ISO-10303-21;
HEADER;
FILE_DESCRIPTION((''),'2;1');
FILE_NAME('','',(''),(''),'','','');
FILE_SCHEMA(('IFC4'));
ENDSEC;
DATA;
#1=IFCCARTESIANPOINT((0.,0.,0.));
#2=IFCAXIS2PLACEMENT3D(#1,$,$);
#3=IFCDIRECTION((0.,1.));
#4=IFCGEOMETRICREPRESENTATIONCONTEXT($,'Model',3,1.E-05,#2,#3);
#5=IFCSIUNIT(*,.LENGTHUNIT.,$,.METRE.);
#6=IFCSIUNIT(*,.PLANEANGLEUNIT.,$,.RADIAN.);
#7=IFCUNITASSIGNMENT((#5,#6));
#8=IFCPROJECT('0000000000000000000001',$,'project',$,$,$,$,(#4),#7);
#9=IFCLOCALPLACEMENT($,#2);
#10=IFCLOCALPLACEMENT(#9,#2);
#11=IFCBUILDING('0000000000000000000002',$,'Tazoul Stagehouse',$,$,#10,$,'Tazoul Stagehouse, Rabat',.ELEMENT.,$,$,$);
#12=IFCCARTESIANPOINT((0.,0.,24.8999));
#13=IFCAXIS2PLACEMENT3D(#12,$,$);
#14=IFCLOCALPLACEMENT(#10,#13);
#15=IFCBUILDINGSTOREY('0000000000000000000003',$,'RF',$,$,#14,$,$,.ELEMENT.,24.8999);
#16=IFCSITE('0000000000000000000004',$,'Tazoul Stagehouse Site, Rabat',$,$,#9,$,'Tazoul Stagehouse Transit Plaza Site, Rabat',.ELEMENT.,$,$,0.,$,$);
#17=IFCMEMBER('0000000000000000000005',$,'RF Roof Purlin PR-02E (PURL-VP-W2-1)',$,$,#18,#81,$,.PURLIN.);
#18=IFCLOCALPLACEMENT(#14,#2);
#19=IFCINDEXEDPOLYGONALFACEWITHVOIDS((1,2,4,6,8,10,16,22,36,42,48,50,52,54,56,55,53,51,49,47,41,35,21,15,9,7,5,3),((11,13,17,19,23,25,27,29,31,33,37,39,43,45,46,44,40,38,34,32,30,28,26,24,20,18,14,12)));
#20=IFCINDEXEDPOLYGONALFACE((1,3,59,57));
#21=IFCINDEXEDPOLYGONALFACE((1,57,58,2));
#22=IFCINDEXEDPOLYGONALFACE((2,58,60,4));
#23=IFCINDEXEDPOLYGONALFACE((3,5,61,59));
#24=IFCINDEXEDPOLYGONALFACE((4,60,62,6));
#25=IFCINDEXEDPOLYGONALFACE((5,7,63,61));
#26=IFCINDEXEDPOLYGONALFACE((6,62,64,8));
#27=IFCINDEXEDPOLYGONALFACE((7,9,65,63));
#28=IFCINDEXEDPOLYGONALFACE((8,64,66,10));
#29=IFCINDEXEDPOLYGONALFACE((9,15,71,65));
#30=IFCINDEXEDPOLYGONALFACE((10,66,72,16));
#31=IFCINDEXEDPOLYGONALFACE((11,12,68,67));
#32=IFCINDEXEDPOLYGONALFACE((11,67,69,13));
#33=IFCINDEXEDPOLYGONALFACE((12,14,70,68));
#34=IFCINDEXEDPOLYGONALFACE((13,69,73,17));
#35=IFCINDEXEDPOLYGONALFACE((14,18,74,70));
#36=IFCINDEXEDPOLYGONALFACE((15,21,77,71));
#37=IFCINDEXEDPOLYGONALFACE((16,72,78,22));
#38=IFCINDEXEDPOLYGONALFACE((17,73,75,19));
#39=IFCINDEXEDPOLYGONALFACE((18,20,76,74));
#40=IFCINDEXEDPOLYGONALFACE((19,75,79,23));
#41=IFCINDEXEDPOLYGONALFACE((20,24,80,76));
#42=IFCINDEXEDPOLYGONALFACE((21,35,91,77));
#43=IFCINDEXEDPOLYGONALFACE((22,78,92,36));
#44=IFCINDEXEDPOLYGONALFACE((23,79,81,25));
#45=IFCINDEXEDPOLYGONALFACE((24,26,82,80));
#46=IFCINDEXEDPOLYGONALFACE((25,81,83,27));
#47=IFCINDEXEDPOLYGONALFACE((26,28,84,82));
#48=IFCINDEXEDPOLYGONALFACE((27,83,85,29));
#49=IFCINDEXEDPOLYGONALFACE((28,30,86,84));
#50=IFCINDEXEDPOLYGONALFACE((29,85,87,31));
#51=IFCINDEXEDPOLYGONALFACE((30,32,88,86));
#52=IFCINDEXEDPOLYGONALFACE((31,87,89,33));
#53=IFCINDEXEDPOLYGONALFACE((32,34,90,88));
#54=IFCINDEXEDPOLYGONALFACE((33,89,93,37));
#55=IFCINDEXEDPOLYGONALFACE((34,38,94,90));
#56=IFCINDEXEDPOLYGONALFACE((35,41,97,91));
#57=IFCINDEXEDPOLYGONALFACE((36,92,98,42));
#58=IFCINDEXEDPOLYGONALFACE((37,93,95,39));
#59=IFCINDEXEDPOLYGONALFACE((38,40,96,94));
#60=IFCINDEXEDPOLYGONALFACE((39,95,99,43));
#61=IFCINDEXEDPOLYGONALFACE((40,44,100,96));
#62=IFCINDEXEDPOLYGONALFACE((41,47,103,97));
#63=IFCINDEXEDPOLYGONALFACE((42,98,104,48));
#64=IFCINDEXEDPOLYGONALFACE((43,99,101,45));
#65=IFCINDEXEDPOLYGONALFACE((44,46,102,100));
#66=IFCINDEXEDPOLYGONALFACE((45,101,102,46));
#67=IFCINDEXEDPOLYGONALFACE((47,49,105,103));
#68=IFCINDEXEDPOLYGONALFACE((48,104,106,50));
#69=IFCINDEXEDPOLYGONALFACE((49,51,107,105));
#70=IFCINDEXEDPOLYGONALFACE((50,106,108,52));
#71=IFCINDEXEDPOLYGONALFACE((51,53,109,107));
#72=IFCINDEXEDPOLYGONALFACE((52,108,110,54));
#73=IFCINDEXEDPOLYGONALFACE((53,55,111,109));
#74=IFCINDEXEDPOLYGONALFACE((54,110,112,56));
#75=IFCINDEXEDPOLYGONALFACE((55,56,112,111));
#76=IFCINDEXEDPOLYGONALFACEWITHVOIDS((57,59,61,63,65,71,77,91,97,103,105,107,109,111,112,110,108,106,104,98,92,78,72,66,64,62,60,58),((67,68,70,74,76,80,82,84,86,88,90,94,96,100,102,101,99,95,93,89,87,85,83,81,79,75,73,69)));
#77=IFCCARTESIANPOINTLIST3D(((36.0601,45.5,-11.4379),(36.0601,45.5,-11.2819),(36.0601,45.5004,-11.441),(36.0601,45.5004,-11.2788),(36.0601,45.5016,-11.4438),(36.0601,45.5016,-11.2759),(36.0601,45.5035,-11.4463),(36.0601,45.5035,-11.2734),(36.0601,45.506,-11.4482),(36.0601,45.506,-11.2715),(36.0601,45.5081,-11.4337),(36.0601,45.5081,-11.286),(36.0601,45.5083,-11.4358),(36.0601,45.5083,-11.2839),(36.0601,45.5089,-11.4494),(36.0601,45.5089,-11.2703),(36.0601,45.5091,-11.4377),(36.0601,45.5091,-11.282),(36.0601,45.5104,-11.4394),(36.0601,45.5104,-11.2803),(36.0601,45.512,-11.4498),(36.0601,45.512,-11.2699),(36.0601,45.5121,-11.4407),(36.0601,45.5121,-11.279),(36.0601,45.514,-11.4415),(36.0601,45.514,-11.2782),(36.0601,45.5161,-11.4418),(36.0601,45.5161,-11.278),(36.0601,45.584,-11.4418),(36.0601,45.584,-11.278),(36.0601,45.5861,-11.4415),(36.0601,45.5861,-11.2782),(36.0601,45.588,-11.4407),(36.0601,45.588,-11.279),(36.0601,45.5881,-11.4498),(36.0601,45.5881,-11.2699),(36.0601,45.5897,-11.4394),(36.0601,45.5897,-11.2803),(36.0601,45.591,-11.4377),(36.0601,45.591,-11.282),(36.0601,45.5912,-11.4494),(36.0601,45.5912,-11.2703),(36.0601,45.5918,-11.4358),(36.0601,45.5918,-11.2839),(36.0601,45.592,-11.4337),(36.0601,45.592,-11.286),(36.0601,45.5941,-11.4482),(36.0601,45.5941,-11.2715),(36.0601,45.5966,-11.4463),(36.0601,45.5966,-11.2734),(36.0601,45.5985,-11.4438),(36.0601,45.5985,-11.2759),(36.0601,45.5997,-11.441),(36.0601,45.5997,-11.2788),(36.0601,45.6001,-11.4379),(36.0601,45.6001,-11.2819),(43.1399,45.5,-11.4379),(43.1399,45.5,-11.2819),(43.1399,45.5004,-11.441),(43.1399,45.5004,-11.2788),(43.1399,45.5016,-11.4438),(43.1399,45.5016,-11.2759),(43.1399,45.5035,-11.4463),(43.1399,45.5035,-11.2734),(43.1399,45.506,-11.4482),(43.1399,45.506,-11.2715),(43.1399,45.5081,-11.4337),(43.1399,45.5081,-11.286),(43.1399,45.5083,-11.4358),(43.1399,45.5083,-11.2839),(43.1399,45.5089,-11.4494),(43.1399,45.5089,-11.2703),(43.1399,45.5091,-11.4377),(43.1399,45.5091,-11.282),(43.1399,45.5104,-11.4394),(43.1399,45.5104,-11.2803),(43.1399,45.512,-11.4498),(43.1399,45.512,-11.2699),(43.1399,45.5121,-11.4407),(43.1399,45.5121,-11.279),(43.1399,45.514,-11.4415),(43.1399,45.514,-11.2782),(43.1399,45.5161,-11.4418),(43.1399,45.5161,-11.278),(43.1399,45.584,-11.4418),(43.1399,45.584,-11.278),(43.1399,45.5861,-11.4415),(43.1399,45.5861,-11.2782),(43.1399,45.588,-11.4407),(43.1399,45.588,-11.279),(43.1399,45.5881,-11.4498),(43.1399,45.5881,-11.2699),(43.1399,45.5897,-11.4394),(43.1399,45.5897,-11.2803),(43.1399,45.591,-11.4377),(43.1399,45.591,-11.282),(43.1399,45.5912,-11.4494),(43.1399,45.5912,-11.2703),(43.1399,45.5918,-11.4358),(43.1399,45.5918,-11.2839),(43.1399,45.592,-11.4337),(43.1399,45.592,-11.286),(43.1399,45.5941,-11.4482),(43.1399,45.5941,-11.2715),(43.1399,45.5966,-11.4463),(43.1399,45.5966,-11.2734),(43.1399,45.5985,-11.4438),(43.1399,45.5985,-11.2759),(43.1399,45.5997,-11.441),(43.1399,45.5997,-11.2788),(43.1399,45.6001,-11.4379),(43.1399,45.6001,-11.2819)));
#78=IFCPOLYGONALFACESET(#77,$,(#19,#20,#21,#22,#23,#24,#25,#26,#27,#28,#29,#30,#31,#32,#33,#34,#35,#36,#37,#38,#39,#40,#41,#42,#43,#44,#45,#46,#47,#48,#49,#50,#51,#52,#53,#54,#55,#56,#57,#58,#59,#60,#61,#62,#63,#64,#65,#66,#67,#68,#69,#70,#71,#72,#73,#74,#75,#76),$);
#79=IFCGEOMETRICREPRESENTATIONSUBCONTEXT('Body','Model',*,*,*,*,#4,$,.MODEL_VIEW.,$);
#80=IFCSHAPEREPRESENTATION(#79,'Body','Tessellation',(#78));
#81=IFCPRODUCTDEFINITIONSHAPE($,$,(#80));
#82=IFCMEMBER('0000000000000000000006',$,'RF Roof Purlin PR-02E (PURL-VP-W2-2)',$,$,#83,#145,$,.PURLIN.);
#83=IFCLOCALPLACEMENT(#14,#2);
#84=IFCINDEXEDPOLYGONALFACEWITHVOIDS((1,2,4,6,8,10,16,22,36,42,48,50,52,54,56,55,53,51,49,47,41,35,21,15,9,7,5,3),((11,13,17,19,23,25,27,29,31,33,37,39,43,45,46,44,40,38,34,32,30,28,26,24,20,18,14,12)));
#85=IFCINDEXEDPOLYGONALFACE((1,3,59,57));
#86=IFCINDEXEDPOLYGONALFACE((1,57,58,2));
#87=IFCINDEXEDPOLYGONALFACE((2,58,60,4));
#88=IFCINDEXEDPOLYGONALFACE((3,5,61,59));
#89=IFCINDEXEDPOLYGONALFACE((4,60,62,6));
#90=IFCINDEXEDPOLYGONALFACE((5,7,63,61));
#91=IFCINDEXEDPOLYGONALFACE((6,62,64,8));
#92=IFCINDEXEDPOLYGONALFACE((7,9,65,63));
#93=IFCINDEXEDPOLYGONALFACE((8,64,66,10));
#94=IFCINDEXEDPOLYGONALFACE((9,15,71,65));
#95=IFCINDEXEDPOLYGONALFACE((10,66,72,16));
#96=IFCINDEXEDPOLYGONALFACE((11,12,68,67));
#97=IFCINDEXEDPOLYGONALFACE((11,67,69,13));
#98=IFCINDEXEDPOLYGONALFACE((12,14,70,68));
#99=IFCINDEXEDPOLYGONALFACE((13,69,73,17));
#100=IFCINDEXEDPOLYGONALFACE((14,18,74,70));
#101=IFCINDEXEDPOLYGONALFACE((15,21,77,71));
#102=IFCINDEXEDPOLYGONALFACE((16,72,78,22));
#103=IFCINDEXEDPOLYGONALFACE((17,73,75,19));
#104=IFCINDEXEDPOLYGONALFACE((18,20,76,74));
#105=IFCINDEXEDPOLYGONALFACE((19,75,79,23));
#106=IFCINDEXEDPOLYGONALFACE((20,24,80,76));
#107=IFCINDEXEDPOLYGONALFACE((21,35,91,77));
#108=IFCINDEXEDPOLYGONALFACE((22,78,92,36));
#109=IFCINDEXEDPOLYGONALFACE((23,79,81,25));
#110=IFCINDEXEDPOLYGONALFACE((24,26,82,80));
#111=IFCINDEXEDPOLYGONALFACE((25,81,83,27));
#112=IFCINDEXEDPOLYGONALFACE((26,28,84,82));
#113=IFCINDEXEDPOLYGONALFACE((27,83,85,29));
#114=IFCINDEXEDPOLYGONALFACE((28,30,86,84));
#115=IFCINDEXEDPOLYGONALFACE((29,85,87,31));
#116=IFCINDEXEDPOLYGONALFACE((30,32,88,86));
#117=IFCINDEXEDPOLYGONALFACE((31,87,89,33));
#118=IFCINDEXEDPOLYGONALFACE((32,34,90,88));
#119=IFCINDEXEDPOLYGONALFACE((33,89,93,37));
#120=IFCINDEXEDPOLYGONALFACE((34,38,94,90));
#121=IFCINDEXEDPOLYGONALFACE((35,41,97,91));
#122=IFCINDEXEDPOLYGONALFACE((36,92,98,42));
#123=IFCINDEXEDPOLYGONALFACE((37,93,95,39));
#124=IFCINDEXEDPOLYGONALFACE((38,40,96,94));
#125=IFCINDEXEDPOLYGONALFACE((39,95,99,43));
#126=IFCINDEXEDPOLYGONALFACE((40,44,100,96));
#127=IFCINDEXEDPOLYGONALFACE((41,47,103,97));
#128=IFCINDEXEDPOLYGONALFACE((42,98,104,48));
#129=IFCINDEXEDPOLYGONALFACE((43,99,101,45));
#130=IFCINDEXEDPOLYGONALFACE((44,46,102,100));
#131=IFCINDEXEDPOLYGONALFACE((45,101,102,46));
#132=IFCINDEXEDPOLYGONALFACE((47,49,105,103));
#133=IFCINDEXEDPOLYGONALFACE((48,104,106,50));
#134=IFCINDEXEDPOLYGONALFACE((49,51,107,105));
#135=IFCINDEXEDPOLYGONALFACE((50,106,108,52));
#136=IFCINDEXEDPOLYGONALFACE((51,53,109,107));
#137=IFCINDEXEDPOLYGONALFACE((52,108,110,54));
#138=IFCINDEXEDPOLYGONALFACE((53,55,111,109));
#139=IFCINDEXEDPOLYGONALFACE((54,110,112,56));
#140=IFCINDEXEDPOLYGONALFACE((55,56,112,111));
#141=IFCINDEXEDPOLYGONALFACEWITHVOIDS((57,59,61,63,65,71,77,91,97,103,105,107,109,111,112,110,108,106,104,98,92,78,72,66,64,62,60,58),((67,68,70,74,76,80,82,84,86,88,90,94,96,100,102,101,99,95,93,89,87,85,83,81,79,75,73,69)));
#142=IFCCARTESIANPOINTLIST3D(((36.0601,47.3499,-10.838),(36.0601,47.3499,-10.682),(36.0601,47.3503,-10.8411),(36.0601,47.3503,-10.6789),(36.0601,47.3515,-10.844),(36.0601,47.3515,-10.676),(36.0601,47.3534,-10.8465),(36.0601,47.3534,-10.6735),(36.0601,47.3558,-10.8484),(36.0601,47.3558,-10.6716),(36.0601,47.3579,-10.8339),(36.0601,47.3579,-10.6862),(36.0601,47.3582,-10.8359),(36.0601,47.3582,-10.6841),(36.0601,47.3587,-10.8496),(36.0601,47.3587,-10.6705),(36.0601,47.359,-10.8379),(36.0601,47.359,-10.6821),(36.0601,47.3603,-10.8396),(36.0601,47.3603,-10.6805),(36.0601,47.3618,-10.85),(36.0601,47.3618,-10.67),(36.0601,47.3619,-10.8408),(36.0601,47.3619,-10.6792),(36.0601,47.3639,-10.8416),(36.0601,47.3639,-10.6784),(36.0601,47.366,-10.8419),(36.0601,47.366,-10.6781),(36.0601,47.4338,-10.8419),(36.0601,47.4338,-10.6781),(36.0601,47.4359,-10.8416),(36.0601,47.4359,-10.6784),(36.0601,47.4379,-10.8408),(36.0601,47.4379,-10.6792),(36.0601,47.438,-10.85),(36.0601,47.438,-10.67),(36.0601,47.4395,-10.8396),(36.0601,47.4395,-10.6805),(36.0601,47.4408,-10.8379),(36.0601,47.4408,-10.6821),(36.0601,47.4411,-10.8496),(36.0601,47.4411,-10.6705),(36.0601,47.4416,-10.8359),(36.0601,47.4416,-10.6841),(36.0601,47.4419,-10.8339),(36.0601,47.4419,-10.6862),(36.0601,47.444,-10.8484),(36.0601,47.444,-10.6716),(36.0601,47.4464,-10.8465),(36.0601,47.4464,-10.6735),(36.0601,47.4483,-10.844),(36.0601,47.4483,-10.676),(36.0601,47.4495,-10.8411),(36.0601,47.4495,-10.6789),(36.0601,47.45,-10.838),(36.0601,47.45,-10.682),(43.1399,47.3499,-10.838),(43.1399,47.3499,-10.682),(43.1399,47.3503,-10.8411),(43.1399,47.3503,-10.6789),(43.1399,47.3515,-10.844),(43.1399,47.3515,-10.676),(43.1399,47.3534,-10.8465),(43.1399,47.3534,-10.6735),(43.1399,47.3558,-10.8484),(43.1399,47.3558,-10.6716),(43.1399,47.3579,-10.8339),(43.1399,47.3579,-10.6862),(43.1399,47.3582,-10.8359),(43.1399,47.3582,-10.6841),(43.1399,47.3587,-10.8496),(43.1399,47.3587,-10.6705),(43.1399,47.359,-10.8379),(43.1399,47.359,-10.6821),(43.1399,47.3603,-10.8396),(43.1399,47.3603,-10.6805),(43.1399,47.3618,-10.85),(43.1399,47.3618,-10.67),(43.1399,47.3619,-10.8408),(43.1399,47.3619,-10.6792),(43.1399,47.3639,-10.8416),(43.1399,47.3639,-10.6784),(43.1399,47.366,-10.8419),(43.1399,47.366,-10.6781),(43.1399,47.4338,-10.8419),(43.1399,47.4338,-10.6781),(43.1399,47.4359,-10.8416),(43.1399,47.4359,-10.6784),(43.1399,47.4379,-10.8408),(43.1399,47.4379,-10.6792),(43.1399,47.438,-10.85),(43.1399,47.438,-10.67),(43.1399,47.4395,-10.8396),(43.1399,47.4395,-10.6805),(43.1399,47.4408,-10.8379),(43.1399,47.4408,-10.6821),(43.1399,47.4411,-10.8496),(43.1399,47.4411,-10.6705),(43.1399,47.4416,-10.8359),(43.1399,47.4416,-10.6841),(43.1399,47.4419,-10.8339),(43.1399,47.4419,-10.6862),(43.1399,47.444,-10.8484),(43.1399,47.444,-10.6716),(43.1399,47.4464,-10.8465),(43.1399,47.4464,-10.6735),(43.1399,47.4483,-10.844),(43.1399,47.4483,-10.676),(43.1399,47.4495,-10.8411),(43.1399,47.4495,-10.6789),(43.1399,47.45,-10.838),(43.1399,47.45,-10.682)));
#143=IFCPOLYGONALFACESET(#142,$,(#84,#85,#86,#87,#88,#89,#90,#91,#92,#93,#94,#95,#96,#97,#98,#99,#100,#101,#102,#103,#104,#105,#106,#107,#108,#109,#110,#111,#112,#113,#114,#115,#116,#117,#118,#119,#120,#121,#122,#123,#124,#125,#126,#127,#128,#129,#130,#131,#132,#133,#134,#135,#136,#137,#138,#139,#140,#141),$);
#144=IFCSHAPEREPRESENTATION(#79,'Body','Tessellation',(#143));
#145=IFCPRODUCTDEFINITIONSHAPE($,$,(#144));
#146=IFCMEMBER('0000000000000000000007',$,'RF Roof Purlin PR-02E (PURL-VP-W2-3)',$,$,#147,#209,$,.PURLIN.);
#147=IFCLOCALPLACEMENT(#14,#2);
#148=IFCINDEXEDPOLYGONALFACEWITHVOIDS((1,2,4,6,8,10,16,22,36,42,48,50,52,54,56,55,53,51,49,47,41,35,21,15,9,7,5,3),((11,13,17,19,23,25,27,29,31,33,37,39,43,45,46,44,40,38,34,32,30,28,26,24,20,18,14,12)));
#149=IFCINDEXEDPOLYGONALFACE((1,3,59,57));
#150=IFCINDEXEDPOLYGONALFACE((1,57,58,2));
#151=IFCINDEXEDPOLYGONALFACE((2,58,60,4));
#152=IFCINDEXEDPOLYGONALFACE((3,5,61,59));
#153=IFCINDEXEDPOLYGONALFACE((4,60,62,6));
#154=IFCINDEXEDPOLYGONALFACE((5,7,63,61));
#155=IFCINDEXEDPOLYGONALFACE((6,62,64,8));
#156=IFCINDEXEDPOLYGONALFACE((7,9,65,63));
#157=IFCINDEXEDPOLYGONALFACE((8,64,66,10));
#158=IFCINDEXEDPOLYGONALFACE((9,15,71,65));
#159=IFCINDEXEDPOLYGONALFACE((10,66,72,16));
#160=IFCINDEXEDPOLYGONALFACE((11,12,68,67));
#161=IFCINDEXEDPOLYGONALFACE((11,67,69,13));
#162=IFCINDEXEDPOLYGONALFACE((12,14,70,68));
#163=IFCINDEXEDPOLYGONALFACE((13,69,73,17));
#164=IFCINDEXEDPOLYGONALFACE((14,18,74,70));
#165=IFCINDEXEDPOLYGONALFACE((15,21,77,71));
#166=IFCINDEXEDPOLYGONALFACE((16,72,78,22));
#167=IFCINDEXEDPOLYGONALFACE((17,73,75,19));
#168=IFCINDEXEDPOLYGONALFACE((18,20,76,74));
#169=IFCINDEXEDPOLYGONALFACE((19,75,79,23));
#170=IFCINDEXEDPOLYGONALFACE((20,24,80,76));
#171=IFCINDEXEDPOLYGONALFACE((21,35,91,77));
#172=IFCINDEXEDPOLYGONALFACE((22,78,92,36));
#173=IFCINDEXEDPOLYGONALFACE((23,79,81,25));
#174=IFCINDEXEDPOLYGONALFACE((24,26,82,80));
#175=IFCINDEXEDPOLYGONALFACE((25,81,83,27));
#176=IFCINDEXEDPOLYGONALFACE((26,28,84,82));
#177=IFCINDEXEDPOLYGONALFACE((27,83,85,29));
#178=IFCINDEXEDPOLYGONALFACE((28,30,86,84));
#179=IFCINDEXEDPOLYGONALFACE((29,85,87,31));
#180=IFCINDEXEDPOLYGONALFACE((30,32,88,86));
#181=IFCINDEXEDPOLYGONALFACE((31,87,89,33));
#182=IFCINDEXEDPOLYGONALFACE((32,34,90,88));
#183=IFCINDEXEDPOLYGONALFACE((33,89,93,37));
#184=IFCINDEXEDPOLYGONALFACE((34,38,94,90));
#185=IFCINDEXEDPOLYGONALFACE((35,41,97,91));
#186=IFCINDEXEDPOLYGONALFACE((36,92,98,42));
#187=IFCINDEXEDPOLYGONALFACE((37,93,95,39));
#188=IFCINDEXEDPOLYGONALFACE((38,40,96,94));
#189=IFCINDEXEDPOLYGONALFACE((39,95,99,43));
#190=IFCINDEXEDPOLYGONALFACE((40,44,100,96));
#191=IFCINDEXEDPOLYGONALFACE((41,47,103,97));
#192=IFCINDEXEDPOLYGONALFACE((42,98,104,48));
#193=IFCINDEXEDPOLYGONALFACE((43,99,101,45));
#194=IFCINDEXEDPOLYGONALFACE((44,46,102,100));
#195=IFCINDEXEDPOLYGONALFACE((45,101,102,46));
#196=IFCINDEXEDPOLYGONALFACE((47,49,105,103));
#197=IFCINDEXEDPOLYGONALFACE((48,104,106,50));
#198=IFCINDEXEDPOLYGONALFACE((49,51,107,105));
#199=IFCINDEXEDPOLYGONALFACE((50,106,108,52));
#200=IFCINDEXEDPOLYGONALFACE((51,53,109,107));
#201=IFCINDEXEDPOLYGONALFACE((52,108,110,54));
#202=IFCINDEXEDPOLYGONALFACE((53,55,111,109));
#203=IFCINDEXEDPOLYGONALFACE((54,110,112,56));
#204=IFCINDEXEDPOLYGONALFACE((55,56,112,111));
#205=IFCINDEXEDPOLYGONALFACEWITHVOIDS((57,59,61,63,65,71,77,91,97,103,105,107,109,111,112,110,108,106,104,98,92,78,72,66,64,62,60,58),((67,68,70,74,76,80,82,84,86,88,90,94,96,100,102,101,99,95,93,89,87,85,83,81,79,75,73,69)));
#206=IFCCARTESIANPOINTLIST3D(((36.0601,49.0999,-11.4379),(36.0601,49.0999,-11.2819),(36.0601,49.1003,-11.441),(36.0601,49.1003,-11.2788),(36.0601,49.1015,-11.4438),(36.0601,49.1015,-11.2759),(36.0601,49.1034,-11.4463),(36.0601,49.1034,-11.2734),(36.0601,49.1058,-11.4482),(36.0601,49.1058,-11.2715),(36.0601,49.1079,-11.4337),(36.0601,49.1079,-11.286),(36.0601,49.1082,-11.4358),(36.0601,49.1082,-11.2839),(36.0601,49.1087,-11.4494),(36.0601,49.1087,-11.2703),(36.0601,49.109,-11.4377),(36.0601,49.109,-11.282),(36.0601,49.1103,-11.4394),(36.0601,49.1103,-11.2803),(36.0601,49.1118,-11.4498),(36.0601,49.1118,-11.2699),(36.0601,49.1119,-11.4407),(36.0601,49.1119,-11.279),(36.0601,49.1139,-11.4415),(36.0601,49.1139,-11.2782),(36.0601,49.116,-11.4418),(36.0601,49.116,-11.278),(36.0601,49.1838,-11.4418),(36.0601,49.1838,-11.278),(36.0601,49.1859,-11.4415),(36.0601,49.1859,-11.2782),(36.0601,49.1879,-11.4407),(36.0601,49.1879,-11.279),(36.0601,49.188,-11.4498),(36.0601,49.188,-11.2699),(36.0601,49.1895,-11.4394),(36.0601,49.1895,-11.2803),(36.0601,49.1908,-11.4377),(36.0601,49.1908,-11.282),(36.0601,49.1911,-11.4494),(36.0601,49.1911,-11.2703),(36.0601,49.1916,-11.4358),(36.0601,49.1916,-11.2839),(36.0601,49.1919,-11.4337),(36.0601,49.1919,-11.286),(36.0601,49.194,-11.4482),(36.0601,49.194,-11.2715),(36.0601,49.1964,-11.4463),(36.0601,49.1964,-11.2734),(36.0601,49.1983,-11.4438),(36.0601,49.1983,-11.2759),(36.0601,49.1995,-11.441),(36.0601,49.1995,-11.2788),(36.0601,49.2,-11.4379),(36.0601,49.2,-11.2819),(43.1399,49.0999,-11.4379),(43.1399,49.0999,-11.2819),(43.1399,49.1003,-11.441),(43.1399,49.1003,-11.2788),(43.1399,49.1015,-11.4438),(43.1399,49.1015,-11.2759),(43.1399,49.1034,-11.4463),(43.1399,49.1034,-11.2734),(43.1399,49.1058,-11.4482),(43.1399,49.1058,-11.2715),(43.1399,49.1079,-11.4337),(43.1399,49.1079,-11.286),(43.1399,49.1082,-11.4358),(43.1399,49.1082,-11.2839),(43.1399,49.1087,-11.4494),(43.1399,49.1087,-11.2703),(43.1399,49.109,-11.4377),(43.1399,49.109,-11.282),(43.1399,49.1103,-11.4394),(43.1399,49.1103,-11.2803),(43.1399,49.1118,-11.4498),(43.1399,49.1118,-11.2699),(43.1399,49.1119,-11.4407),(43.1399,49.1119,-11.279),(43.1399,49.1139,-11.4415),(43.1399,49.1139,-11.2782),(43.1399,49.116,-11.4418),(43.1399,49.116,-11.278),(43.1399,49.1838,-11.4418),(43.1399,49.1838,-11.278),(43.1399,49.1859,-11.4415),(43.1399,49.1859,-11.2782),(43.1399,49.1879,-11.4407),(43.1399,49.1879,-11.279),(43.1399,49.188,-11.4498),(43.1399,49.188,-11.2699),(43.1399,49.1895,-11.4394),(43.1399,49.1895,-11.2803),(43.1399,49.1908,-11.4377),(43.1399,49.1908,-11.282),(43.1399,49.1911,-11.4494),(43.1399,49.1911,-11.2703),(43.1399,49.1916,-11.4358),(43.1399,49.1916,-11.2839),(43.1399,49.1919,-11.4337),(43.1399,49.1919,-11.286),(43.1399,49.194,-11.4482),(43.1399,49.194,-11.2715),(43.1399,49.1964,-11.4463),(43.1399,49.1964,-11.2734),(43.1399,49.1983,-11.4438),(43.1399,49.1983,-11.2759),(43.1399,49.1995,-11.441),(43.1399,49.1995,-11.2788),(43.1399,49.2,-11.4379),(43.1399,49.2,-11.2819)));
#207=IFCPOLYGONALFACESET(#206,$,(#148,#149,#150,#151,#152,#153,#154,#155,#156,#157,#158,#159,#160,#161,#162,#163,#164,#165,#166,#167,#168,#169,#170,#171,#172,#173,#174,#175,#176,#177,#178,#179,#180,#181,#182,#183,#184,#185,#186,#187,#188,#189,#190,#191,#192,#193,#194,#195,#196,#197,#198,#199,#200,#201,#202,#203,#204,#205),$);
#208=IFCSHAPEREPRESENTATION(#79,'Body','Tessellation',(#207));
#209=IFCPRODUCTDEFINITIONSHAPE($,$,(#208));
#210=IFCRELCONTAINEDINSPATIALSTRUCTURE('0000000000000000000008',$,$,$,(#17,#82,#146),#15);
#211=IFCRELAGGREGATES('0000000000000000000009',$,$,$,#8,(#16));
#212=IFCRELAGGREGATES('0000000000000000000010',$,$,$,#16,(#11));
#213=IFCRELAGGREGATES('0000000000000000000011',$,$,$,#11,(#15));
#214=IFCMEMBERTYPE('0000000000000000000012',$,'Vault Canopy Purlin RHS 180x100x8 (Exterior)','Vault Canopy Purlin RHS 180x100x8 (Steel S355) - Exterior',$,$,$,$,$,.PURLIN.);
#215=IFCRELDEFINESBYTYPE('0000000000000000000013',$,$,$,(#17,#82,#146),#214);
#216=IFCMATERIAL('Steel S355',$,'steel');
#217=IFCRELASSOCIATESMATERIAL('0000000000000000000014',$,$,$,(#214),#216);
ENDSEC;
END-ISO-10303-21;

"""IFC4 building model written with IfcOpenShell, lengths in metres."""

from ifc_helpers import new_model, si_unit, direction, frame, origin, origin_2d, place, context, subcontext, project, spatial, hollow_rectangle, extrude, material, material_profile, profile_set, type_object, element, save


model = new_model("IFC4")

# Units and contexts
model_context = context("Model", 3, precision=1e-05, world=origin(), true_north=direction((0.0, 1.0)))
body_context = subcontext(model_context, "Body", "Model", "MODEL_VIEW")
ifc_project = project(units=[si_unit("LENGTHUNIT", "METRE"), si_unit("PLANEANGLEUNIT", "RADIAN")], contexts=[model_context])

# Site, building, storey
site_placement = place(None, origin())
site = spatial("IfcSite", under=ifc_project, at=site_placement, Name="Tazoul Stagehouse Site, Rabat", LongName="Tazoul Stagehouse Transit Plaza Site, Rabat", CompositionType="ELEMENT", RefElevation=0.0)
building_placement = place(site_placement, origin())
building = spatial("IfcBuilding", under=site, at=building_placement, Name="Tazoul Stagehouse", LongName="Tazoul Stagehouse, Rabat", CompositionType="ELEMENT")
storey_placement = place(building_placement, frame((0.0, 0.0, 24.8999)))
storey = spatial("IfcBuildingStorey", under=building, at=storey_placement, Name="RF", CompositionType="ELEMENT", Elevation=24.8999)

# Shared definitions
ifc_material_1 = material(Name="Steel S355", Category="steel")

# Members
ifc_material_profile_1 = material_profile(ifc_material_1, hollow_rectangle(XDim=0.1001, YDim=0.1799, WallThickness=0.0081, InnerFilletRadius=0.0081, OuterFilletRadius=0.012, at=origin_2d()), Name="RHS 180x100x8")
ifc_profile_set_1 = profile_set([ifc_material_profile_1], Name="Steel S355")
member_type_1 = type_object("IfcMemberType", Name="Vault Canopy Purlin RHS 180x100x8 (Exterior)", Description="Vault Canopy Purlin RHS 180x100x8 (Steel S355) - Exterior", PredefinedType="PURLIN", material=ifc_profile_set_1)
for number, where, z_axis, x_axis, name in (
    (1, (36.0601, 45.55, -11.3599), (1.0, 0.0, 0.0), (0.0, 1.0, 0.0), "RF Roof Purlin PR-02E (PURL-VP-W2-1)"),
    (2, (36.0601, 47.3999, -10.76), (1.0, 0.0, 0.0), (0.0, 1.0, 0.0), "RF Roof Purlin PR-02E (PURL-VP-W2-2)"),
    (3, (36.0601, 49.1499, -11.3599), (1.0, 0.0, 0.0), (0.0, 1.0, 0.0), "RF Roof Purlin PR-02E (PURL-VP-W2-3)"),
):
    element("IfcMember", number, at=place(storey_placement, frame(where, z_axis=z_axis, x_axis=x_axis)), inside=storey, type_object=member_type_1, Name=name, PredefinedType="PURLIN", context=body_context, shape_type="SweptSolid", body=[
        extrude(hollow_rectangle(XDim=0.1001, YDim=0.1799, WallThickness=0.0081, InnerFilletRadius=0.0081, OuterFilletRadius=0.012, at=origin_2d()), origin(), (0.0, 0.0, 1.0), 7.0798),
    ])

save(model, "model.ifc")
